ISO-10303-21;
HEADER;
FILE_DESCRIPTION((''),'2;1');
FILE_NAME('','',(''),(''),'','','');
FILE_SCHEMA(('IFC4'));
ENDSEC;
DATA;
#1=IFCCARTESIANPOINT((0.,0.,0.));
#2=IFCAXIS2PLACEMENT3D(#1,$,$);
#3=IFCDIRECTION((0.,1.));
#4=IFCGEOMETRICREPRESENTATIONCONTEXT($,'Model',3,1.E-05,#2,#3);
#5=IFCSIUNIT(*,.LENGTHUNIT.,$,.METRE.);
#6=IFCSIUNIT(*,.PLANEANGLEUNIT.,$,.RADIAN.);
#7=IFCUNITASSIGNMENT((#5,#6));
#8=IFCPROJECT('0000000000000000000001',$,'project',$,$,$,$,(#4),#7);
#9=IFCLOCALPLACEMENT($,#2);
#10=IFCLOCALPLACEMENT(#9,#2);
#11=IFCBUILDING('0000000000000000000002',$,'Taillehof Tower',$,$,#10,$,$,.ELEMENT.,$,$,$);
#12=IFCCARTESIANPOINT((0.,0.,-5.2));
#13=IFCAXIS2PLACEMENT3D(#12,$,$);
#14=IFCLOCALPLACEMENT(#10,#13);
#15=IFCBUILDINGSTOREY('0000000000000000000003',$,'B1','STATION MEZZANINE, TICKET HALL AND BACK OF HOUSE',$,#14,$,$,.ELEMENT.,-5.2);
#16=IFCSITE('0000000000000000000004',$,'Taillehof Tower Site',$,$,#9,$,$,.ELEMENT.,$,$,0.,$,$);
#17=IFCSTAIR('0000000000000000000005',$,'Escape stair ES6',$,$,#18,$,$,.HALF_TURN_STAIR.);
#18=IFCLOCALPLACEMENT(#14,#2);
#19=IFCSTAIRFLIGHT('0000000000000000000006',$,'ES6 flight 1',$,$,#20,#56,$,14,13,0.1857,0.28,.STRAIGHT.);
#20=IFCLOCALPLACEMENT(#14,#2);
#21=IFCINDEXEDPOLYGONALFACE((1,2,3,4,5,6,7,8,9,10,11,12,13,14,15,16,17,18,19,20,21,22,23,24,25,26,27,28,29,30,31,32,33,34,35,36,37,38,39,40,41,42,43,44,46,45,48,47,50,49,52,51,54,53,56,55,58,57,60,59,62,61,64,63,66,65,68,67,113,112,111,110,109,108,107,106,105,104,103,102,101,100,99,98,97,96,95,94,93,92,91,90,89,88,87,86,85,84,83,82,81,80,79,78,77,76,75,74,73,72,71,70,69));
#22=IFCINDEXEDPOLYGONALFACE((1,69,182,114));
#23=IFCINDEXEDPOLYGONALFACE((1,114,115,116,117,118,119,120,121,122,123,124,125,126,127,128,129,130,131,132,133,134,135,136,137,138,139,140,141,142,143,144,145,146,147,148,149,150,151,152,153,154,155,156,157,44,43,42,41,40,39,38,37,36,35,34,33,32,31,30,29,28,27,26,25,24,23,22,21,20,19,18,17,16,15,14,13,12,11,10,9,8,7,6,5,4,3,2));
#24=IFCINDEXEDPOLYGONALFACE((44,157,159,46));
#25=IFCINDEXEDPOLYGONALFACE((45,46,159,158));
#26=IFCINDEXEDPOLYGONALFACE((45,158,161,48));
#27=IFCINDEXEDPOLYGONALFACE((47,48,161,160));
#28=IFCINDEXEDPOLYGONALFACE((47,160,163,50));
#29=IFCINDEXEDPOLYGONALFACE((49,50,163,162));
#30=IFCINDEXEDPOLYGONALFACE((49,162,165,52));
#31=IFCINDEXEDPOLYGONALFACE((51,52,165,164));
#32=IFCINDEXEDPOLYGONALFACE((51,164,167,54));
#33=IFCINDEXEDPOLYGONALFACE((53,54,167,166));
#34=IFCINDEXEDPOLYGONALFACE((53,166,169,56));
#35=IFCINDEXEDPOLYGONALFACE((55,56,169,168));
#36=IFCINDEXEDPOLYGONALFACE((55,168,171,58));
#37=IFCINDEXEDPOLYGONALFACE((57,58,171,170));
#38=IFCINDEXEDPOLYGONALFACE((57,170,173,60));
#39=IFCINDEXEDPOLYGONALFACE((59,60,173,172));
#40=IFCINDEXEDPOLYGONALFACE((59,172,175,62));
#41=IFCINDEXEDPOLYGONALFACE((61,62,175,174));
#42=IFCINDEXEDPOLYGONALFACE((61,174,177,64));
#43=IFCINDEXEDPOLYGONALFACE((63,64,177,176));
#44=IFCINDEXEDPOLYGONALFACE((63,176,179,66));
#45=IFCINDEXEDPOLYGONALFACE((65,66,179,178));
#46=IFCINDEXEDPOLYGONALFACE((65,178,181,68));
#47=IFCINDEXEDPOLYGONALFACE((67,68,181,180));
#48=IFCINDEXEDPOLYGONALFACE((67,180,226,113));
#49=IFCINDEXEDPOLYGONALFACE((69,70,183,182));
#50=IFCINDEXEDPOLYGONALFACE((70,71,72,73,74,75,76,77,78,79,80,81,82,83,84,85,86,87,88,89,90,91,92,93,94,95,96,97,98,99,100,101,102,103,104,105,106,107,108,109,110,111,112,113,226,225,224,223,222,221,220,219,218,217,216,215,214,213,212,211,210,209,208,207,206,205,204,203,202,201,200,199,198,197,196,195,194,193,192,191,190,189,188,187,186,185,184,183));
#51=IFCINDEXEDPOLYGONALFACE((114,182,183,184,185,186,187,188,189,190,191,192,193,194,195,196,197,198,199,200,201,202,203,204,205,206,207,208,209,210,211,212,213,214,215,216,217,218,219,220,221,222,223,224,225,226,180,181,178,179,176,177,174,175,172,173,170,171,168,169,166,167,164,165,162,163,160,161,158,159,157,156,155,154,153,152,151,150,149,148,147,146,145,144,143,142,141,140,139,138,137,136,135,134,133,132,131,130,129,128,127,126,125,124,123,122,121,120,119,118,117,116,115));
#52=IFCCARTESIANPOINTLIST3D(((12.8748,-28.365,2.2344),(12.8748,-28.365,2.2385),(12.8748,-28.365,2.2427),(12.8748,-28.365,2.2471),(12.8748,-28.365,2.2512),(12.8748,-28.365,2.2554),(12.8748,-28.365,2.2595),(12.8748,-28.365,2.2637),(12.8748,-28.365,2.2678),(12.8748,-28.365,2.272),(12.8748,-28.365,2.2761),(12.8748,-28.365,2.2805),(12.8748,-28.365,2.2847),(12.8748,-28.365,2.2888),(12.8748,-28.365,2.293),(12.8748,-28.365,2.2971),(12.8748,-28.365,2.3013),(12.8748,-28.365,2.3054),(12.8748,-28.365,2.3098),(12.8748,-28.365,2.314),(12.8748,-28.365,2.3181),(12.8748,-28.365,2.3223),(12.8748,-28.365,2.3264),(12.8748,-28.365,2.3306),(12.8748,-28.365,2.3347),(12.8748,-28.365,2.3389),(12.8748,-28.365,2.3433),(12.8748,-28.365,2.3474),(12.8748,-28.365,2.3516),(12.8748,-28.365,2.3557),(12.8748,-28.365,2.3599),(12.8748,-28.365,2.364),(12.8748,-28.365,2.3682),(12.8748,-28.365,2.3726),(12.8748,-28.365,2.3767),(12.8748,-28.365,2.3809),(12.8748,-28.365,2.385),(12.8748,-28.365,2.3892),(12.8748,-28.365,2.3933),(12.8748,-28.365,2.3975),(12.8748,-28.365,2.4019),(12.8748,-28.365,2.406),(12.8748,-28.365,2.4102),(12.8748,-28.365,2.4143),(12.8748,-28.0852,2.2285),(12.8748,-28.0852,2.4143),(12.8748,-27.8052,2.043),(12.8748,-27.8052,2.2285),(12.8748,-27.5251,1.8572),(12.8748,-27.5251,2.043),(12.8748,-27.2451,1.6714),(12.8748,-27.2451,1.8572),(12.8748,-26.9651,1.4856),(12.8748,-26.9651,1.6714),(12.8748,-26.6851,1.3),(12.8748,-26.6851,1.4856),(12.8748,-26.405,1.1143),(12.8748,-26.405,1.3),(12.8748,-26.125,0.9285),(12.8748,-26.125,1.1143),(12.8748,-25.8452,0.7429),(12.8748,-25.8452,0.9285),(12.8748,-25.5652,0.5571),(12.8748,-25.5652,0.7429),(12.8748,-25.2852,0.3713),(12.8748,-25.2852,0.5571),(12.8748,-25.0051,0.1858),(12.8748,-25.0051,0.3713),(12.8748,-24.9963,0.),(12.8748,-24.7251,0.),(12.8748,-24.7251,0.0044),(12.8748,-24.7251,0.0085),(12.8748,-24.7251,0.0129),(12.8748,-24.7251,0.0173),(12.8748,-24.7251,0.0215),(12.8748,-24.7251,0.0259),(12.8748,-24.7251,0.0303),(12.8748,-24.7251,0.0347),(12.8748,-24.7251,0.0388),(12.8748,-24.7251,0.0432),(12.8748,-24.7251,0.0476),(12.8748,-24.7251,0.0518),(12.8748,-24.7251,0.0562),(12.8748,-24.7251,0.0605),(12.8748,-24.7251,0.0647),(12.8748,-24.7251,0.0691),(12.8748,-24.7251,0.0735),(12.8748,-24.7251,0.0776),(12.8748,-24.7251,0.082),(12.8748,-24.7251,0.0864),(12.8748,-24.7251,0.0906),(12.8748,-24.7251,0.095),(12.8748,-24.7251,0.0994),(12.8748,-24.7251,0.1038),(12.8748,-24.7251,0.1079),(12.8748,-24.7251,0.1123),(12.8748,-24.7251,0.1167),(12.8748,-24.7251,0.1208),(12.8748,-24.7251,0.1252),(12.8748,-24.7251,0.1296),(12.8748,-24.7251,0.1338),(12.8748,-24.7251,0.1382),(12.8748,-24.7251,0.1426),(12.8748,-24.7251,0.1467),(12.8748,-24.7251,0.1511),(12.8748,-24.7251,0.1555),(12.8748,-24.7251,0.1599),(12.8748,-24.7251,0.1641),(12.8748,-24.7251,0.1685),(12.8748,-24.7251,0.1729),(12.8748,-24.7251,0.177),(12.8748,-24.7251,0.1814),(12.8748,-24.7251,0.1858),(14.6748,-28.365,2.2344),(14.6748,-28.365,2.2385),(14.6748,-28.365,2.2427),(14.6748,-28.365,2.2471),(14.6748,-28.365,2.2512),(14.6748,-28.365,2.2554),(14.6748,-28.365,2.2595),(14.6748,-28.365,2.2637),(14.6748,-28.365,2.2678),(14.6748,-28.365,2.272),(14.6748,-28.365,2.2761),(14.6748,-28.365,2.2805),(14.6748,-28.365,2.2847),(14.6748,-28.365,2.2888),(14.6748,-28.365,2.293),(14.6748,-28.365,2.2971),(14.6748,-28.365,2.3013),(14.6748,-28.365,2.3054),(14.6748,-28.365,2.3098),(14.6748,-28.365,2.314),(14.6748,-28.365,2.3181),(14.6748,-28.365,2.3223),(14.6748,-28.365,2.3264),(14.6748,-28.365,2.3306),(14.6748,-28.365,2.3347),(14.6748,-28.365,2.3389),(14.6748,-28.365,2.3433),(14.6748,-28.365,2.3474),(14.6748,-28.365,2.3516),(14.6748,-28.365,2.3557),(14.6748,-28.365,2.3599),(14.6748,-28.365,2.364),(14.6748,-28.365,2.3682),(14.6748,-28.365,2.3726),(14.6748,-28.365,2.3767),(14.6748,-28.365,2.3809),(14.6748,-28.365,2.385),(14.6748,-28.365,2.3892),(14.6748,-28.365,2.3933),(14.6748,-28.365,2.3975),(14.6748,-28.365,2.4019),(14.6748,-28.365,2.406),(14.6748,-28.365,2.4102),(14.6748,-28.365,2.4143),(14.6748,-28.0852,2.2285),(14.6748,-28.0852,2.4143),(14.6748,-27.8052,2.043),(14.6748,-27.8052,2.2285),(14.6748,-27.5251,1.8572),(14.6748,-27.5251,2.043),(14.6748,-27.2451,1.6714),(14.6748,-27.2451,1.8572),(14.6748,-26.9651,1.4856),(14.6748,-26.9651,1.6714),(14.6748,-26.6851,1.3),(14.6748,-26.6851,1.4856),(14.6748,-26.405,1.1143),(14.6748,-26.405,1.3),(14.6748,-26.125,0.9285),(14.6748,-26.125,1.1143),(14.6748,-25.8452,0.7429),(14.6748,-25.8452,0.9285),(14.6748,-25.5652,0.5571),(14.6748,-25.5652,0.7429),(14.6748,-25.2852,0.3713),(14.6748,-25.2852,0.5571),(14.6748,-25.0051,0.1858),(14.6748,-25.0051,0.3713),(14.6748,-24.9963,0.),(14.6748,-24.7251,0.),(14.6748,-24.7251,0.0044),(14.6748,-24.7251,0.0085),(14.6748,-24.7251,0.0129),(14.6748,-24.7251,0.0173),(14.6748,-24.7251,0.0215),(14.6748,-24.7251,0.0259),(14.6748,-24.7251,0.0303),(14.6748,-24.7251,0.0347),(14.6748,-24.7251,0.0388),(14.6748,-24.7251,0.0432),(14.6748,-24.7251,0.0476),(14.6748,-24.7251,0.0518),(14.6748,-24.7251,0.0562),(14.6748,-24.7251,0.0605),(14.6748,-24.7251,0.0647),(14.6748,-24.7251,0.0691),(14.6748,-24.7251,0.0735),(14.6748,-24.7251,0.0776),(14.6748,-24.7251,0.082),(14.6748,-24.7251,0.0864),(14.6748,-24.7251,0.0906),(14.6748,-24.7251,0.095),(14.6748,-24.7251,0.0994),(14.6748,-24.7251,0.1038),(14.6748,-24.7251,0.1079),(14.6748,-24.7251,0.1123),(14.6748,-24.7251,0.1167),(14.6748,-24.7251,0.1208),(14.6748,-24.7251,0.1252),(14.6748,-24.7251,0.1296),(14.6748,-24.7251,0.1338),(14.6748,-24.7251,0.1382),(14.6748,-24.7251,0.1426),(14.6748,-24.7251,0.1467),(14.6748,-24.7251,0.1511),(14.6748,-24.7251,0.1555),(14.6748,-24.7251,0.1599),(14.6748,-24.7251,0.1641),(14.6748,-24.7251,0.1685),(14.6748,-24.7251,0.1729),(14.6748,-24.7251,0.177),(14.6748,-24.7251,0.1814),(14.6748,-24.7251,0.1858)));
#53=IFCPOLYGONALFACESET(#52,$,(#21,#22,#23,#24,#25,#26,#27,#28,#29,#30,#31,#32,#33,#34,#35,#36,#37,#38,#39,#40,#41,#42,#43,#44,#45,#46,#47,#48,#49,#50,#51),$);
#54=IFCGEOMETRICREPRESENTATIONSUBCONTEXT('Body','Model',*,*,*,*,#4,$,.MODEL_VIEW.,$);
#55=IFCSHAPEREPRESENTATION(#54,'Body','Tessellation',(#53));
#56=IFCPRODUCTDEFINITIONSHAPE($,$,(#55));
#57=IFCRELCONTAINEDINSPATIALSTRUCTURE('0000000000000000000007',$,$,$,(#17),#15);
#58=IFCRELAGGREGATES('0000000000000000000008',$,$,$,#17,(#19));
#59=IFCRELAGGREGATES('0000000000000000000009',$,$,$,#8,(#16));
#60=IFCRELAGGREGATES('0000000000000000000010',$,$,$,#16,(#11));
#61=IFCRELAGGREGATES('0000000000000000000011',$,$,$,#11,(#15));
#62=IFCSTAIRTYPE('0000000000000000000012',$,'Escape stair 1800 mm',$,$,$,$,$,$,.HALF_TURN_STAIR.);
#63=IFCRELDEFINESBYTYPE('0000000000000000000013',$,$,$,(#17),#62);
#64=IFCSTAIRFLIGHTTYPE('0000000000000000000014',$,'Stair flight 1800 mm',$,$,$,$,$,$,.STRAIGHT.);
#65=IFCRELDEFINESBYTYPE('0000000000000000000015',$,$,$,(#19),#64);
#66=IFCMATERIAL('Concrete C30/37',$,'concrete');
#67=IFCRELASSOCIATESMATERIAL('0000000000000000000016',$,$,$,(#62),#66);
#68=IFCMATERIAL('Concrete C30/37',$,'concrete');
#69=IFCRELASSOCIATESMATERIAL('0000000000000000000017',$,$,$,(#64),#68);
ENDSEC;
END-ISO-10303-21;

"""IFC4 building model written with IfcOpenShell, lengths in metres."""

from ifc_helpers import new_model, si_unit, direction, frame, origin, place, context, subcontext, project, spatial, polyline, outline, extrude, material, type_object, element, aggregate, save


model = new_model("IFC4")

# Units and contexts
model_context = context("Model", 3, precision=1e-05, world=origin(), true_north=direction((0.0, 1.0)))
body_context = subcontext(model_context, "Body", "Model", "MODEL_VIEW")
ifc_project = project(units=[si_unit("LENGTHUNIT", "METRE"), si_unit("PLANEANGLEUNIT", "RADIAN")], contexts=[model_context])

# Site, building, storey
site_placement = place(None, origin())
site = spatial("IfcSite", under=ifc_project, at=site_placement, Name="Taillehof Tower Site", CompositionType="ELEMENT", RefElevation=0.0)
building_placement = place(site_placement, origin())
building = spatial("IfcBuilding", under=site, at=building_placement, Name="Taillehof Tower", CompositionType="ELEMENT")
storey_placement = place(building_placement, frame((0.0, 0.0, -5.2)))
storey = spatial("IfcBuildingStorey", under=building, at=storey_placement, Name="B1", Description="STATION MEZZANINE, TICKET HALL AND BACK OF HOUSE", CompositionType="ELEMENT", Elevation=-5.2)

# Stair, stair flight
ifc_material_1 = material(Name="Concrete C30/37", Category="concrete")
stair_type = type_object("IfcStairType", Name="Escape stair 1800 mm", PredefinedType="HALF_TURN_STAIR", material=ifc_material_1)
stair_placement = place(storey_placement, origin())
stair = element("IfcStair", 1, at=stair_placement, inside=storey, type_object=stair_type, Name="Escape stair ES6", PredefinedType="HALF_TURN_STAIR")
ifc_material_2 = material(Name="Concrete C30/37", Category="concrete")
stair_flight_type = type_object("IfcStairFlightType", Name="Stair flight 1800 mm", PredefinedType="STRAIGHT", material=ifc_material_2)
stair_flight_1_placement = place(storey_placement, frame((13.7749, -24.7251, 0.0), z_axis=(0.0, 0.0, 1.0), x_axis=(0.0, -1.0, 0.0)))
stair_flight_1 = element("IfcStairFlight", 2, at=stair_flight_1_placement, type_object=stair_flight_type, Name="ES6 flight 1", NumberOfRisers=14, NumberOfTreads=13, PredefinedType="STRAIGHT", RiserHeight=0.1857, TreadLength=0.28, context=body_context, shape_type="SweptSolid", body=[
    extrude(outline(polyline([(0.0, 0.0), (0.0, 0.0044), (0.0, 0.0085), (0.0, 0.0129), (0.0, 0.0173), (0.0, 0.0215), (0.0, 0.0259), (0.0, 0.0303), (0.0, 0.0347), (0.0, 0.0388), (0.0, 0.0432), (0.0, 0.0476), (0.0, 0.0518), (0.0, 0.0562), (0.0, 0.0605), (0.0, 0.0647), (0.0, 0.0691), (0.0, 0.0735), (0.0, 0.0776), (0.0, 0.082), (0.0, 0.0864), (0.0, 0.0906), (0.0, 0.095), (0.0, 0.0994), (0.0, 0.1038), (0.0, 0.1079), (0.0, 0.1123), (0.0, 0.1167), (0.0, 0.1208), (0.0, 0.1252), (0.0, 0.1296), (0.0, 0.1338), (0.0, 0.1382), (0.0, 0.1426), (0.0, 0.1467), (0.0, 0.1511), (0.0, 0.1555), (0.0, 0.1599), (0.0, 0.1641), (0.0, 0.1685), (0.0, 0.1729), (0.0, 0.177), (0.0, 0.1814), (0.0, 0.1858), (0.28, 0.1858), (0.28, 0.3713), (0.5601, 0.3713), (0.5601, 0.5571), (0.8401, 0.5571), (0.8401, 0.7429), (1.1201, 0.7429), (1.1201, 0.9285), (1.3999, 0.9285), (1.3999, 1.1143), (1.6799, 1.1143), (1.6799, 1.3), (1.96, 1.3), (1.96, 1.4856), (2.24, 1.4856), (2.24, 1.6714), (2.52, 1.6714), (2.52, 1.8572), (2.8, 1.8572), (2.8, 2.043), (3.0801, 2.043), (3.0801, 2.2285), (3.3601, 2.2285), (3.3601, 2.4143), (3.6399, 2.4143), (3.6399, 2.4102), (3.6399, 2.406), (3.6399, 2.4019), (3.6399, 2.3975), (3.6399, 2.3933), (3.6399, 2.3892), (3.6399, 2.385), (3.6399, 2.3809), (3.6399, 2.3767), (3.6399, 2.3726), (3.6399, 2.3682), (3.6399, 2.364), (3.6399, 2.3599), (3.6399, 2.3557), (3.6399, 2.3516), (3.6399, 2.3474), (3.6399, 2.3433), (3.6399, 2.3389), (3.6399, 2.3347), (3.6399, 2.3306), (3.6399, 2.3264), (3.6399, 2.3223), (3.6399, 2.3181), (3.6399, 2.314), (3.6399, 2.3098), (3.6399, 2.3054), (3.6399, 2.3013), (3.6399, 2.2971), (3.6399, 2.293), (3.6399, 2.2888), (3.6399, 2.2847), (3.6399, 2.2805), (3.6399, 2.2761), (3.6399, 2.272), (3.6399, 2.2678), (3.6399, 2.2637), (3.6399, 2.2595), (3.6399, 2.2554), (3.6399, 2.2512), (3.6399, 2.2471), (3.6399, 2.2427), (3.6399, 2.2385), (3.6399, 2.2344), (0.2712, 0.0), (0.0, 0.0)])), frame((0.0, 0.8999, 0.0), z_axis=(0.0, -1.0, 0.0), x_axis=(1.0, 0.0, 0.0)), (0.0, 0.0, 1.0), 1.8),
])
aggregate(stair, [stair_flight_1])

save(model, "model.ifc")
